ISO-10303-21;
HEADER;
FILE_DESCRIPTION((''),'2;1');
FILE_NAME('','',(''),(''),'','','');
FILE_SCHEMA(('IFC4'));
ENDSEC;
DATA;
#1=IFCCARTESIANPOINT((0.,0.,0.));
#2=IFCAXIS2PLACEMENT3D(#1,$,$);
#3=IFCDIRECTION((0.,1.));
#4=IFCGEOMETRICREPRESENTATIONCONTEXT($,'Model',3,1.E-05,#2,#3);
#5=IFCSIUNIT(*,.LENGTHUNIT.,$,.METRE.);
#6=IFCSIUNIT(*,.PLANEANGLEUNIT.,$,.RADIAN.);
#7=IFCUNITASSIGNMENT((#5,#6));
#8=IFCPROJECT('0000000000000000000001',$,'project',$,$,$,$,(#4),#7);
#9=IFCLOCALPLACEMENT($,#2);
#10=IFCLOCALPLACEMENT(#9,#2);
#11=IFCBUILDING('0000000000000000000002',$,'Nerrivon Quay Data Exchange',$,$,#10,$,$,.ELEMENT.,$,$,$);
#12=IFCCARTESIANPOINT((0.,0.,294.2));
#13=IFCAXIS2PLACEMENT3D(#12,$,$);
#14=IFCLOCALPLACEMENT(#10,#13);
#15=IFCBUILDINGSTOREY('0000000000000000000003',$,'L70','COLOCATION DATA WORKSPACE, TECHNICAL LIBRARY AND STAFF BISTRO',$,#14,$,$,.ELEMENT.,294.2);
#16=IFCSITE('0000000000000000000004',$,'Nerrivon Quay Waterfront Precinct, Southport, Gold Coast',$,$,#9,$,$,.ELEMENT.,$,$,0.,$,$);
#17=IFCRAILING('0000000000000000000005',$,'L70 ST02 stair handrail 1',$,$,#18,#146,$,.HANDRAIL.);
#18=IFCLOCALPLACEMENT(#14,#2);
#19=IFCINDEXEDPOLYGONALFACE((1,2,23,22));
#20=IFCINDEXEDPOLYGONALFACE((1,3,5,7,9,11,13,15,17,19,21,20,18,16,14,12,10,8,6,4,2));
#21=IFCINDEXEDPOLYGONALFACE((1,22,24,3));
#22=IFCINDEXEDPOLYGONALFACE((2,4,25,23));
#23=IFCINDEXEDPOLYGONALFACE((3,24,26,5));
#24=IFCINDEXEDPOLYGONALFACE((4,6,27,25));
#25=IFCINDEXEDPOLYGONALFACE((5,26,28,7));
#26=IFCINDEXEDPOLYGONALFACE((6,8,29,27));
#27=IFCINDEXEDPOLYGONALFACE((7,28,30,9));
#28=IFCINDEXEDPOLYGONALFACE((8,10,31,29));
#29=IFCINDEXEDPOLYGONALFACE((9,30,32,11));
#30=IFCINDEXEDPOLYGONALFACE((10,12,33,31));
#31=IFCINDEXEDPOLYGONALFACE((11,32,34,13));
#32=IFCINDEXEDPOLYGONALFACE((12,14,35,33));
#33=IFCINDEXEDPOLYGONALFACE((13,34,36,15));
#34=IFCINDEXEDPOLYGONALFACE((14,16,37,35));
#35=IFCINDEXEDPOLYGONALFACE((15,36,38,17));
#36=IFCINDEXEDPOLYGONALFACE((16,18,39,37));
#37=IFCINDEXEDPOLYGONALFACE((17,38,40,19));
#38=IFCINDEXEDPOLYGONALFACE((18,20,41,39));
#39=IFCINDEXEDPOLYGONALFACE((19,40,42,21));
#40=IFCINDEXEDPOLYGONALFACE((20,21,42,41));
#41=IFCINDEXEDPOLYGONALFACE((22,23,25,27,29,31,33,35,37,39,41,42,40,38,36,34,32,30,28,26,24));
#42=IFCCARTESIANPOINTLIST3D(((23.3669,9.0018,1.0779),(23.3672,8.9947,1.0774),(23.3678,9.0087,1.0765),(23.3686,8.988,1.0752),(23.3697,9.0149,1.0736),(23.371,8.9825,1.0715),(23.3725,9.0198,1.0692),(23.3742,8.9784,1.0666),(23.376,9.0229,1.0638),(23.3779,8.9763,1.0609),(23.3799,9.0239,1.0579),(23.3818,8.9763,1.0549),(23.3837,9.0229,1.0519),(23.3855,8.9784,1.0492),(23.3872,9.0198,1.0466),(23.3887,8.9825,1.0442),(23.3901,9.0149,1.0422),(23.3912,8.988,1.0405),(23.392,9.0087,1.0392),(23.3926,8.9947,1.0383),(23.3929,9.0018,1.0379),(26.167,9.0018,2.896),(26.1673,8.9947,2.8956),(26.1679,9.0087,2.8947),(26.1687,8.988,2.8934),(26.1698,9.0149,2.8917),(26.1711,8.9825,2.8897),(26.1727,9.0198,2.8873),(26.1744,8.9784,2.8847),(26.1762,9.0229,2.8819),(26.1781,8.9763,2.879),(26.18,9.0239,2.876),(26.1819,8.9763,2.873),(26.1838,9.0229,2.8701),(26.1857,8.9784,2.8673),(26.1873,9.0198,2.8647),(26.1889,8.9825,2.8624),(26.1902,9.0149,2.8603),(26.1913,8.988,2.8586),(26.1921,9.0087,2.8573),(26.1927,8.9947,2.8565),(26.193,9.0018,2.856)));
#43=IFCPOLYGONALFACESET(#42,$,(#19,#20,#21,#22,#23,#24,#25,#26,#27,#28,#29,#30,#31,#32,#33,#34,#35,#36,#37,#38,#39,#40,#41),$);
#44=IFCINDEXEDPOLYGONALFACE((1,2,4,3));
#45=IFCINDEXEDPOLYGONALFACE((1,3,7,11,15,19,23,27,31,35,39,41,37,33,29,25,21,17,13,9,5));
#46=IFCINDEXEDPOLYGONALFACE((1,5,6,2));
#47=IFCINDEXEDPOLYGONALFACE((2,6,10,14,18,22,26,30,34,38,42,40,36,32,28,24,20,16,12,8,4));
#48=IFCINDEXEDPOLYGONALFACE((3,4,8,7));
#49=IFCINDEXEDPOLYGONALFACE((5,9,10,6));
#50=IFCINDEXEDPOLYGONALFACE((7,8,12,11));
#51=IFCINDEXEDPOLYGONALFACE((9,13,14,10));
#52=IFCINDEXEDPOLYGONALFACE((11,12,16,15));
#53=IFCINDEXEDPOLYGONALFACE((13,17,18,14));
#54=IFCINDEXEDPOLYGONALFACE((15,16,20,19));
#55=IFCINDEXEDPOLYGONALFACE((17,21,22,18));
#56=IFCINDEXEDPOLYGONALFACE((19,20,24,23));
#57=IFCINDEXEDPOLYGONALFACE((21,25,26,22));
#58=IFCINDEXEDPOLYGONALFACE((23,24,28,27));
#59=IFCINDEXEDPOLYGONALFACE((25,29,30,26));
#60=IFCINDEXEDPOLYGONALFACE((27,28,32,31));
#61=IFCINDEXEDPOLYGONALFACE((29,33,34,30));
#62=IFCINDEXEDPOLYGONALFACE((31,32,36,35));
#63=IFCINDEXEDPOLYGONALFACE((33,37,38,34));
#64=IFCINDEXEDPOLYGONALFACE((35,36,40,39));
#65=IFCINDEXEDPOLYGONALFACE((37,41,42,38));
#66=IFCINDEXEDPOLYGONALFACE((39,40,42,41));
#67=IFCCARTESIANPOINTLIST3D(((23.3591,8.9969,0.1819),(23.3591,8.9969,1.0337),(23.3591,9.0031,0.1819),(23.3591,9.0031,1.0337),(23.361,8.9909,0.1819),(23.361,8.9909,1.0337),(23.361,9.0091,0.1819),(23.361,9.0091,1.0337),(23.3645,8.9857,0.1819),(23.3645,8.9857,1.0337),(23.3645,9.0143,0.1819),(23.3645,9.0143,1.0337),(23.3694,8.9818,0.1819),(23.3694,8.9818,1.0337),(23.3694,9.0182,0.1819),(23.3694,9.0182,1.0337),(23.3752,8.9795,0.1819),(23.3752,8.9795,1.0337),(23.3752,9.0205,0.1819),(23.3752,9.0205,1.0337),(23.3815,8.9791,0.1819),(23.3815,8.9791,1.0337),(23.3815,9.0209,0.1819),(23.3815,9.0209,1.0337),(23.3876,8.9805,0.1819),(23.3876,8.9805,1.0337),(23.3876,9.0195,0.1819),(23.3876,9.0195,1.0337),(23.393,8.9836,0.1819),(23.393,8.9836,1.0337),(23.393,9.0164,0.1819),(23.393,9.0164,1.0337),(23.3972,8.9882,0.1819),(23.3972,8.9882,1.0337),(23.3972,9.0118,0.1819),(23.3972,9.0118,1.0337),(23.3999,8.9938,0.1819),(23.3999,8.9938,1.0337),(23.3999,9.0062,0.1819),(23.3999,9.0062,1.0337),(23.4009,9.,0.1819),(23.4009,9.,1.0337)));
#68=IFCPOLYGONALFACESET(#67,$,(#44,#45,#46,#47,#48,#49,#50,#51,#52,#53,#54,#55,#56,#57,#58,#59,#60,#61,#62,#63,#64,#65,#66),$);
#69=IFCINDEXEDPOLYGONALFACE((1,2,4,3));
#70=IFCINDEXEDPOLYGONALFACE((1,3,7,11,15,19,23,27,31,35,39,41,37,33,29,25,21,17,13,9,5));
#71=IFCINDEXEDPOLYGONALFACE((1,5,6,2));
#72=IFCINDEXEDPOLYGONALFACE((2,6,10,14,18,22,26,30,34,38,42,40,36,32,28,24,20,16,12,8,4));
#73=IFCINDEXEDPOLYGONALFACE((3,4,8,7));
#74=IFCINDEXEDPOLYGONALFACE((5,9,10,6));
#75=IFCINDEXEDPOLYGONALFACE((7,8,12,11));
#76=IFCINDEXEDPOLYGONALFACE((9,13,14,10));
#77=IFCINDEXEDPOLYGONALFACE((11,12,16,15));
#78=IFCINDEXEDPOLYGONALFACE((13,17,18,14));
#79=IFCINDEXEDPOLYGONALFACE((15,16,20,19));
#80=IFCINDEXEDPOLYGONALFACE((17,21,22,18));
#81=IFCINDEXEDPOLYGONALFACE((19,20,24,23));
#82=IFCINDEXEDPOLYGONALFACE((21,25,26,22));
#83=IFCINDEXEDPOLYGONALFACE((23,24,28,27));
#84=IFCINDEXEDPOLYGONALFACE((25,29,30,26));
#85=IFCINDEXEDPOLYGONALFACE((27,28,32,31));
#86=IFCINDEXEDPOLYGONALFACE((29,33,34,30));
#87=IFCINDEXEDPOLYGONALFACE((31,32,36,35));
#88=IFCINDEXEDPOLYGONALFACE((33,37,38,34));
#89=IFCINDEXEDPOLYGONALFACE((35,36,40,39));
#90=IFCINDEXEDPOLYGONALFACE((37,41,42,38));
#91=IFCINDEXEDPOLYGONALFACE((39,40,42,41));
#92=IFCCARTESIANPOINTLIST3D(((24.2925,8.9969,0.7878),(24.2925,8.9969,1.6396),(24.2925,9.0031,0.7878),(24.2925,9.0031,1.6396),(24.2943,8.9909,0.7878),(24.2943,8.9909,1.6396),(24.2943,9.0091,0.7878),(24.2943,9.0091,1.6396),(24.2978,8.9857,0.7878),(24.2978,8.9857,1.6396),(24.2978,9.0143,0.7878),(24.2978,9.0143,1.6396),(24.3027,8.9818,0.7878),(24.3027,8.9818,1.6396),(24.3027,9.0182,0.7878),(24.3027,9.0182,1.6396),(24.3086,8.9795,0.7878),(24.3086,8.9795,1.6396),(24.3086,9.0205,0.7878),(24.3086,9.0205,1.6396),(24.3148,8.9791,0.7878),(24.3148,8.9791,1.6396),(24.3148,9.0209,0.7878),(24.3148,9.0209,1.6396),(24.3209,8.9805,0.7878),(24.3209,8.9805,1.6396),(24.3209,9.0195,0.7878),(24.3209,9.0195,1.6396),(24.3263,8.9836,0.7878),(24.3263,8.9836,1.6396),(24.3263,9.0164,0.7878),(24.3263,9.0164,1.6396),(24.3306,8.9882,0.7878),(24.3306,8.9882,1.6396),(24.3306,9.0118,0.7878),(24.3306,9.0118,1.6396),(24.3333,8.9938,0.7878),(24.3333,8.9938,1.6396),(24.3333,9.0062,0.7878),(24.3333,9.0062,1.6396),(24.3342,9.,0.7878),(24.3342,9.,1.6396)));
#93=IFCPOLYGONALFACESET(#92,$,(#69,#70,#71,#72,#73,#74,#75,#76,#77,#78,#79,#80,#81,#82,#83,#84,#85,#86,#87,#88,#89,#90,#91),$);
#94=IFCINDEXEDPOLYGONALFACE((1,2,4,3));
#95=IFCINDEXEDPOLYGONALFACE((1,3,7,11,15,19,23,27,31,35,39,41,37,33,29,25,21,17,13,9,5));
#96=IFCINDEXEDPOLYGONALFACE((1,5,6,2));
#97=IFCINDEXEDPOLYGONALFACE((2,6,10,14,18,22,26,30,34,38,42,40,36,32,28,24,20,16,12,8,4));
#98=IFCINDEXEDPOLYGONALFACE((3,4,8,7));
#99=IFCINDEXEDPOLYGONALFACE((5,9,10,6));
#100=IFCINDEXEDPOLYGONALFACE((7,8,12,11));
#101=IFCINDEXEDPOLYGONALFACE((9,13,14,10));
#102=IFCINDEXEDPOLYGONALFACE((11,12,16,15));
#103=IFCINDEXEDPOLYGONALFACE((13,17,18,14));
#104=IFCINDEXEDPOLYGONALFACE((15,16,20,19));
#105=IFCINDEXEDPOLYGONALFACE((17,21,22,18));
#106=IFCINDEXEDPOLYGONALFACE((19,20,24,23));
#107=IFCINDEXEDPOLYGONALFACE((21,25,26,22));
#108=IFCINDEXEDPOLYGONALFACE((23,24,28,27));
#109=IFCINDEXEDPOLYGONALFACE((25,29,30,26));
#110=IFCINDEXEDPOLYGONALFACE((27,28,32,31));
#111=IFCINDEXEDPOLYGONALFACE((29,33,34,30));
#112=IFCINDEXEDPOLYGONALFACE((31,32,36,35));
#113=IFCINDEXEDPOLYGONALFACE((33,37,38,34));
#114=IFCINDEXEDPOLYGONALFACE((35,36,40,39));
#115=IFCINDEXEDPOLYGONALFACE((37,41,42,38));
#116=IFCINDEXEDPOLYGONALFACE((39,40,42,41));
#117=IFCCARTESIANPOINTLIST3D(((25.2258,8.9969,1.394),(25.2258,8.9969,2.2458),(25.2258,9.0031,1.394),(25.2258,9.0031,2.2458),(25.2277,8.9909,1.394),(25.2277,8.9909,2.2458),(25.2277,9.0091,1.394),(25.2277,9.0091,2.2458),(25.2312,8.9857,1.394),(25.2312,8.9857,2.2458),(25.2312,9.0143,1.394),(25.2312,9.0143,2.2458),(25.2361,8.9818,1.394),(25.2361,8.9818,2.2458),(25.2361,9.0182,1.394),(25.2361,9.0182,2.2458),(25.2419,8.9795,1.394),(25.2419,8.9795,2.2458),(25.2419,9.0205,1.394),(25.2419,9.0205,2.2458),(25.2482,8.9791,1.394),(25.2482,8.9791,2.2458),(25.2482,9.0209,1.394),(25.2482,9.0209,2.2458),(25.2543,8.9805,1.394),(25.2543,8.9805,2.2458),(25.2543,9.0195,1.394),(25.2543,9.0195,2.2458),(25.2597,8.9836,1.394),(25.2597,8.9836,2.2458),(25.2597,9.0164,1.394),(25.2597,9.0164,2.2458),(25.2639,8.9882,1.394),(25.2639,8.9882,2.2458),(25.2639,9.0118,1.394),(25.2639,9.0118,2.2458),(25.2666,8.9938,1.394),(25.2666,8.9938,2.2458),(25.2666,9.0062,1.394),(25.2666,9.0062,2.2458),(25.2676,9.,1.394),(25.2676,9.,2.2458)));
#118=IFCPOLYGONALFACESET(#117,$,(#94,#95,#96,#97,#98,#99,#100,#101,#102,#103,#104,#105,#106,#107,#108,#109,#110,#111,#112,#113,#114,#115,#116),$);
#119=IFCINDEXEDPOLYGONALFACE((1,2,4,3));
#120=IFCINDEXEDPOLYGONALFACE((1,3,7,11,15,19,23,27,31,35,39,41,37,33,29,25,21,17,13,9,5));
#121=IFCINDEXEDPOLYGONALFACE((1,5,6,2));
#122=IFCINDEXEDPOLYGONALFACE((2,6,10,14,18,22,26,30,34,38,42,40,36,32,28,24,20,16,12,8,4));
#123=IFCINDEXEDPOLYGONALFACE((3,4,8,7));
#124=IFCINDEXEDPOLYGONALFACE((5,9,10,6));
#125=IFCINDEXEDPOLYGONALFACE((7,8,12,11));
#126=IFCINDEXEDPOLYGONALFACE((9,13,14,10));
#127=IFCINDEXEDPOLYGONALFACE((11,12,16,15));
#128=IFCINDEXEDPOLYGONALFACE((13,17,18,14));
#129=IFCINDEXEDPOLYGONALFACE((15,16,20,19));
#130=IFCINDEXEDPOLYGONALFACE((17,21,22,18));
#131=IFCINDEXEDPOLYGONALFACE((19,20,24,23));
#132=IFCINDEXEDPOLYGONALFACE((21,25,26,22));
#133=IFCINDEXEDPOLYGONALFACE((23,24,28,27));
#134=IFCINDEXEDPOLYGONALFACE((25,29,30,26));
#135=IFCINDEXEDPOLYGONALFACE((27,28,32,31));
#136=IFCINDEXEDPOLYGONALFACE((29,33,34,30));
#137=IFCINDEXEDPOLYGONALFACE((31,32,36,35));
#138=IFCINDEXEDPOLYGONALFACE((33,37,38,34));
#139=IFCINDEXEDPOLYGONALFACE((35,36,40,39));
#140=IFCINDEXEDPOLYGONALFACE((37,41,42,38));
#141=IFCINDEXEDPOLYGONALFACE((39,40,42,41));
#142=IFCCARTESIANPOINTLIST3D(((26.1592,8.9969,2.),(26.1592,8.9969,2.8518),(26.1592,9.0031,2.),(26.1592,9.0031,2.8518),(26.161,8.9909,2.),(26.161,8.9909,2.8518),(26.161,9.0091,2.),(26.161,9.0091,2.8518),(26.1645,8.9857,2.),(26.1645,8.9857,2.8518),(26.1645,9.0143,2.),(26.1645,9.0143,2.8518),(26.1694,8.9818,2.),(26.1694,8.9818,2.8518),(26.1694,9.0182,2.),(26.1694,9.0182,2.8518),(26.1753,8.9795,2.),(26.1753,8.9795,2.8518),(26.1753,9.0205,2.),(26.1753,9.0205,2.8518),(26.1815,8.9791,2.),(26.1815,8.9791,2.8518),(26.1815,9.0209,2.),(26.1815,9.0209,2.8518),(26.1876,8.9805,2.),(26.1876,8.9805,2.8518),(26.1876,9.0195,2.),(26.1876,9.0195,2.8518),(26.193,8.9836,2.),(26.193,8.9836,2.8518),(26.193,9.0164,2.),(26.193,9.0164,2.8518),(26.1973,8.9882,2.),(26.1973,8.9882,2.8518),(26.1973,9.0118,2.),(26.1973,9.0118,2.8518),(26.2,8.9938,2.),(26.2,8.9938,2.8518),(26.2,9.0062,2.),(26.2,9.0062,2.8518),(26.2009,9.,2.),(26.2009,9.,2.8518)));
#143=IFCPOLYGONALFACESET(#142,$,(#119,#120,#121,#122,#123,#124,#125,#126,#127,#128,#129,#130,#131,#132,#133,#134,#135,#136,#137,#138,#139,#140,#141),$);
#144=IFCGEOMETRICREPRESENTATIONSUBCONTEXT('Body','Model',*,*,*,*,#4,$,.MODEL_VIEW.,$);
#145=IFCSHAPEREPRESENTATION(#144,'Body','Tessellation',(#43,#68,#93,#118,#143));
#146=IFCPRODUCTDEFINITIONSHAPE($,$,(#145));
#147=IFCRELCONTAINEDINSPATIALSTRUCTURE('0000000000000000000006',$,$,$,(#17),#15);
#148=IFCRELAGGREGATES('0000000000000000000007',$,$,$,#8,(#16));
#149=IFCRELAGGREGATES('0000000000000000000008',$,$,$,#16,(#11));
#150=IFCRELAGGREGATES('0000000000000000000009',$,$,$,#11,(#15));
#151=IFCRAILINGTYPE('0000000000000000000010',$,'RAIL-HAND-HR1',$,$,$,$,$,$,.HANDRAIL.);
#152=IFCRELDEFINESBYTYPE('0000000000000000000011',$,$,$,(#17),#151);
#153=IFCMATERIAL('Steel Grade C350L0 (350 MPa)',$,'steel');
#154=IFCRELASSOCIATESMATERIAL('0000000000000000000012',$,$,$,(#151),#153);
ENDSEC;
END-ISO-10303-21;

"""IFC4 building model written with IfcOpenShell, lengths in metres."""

from ifc_helpers import new_model, si_unit, direction, frame, origin, origin_2d, place, context, subcontext, project, spatial, circle, extrude, material, type_object, element, save


model = new_model("IFC4")

# Units and contexts
model_context = context("Model", 3, precision=1e-05, world=origin(), true_north=direction((0.0, 1.0)))
body_context = subcontext(model_context, "Body", "Model", "MODEL_VIEW")
ifc_project = project(units=[si_unit("LENGTHUNIT", "METRE"), si_unit("PLANEANGLEUNIT", "RADIAN")], contexts=[model_context])

# Site, building, storey
site_placement = place(None, origin())
site = spatial("IfcSite", under=ifc_project, at=site_placement, Name="Nerrivon Quay Waterfront Precinct, Southport, Gold Coast", CompositionType="ELEMENT", RefElevation=0.0)
building_placement = place(site_placement, origin())
building = spatial("IfcBuilding", under=site, at=building_placement, Name="Nerrivon Quay Data Exchange", CompositionType="ELEMENT")
storey_placement = place(building_placement, frame((0.0, 0.0, 294.2)))
storey = spatial("IfcBuildingStorey", under=building, at=storey_placement, Name="L70", Description="COLOCATION DATA WORKSPACE, TECHNICAL LIBRARY AND STAFF BISTRO", CompositionType="ELEMENT", Elevation=294.2)

# Railing
ifc_material_1 = material(Name="Steel Grade C350L0 (350 MPa)", Category="steel")
railing_type_1 = type_object("IfcRailingType", Name="RAIL-HAND-HR1", PredefinedType="HANDRAIL", material=ifc_material_1)
railing_1_placement = place(storey_placement, frame((23.3799, 9.0, 0.1819)))
element("IfcRailing", 1, at=railing_1_placement, inside=storey, type_object=railing_type_1, Name="L70 ST02 stair handrail 1", PredefinedType="HANDRAIL", context=body_context, shape_type="SweptSolid", body=[
    extrude(circle(Radius=0.0239, at=origin_2d()), frame((0.0, 0.0, 0.876), z_axis=(0.838706, 0.0, 0.544585), x_axis=(0.0, 1.0, 0.0)), (0.0, 0.0, 1.0), 3.3386),
    extrude(circle(Radius=0.021, at=origin_2d()), origin(), (0.0, 0.0, 1.0), 0.8518),
    extrude(circle(Radius=0.021, at=origin_2d()), frame((0.9333, 0.0, 0.606)), (0.0, 0.0, 1.0), 0.8518),
    extrude(circle(Radius=0.021, at=origin_2d()), frame((1.8667, 0.0, 1.2122)), (0.0, 0.0, 1.0), 0.8518),
    extrude(circle(Radius=0.021, at=origin_2d()), frame((2.8, 0.0, 1.8181)), (0.0, 0.0, 1.0), 0.8518),
])

save(model, "model.ifc")
